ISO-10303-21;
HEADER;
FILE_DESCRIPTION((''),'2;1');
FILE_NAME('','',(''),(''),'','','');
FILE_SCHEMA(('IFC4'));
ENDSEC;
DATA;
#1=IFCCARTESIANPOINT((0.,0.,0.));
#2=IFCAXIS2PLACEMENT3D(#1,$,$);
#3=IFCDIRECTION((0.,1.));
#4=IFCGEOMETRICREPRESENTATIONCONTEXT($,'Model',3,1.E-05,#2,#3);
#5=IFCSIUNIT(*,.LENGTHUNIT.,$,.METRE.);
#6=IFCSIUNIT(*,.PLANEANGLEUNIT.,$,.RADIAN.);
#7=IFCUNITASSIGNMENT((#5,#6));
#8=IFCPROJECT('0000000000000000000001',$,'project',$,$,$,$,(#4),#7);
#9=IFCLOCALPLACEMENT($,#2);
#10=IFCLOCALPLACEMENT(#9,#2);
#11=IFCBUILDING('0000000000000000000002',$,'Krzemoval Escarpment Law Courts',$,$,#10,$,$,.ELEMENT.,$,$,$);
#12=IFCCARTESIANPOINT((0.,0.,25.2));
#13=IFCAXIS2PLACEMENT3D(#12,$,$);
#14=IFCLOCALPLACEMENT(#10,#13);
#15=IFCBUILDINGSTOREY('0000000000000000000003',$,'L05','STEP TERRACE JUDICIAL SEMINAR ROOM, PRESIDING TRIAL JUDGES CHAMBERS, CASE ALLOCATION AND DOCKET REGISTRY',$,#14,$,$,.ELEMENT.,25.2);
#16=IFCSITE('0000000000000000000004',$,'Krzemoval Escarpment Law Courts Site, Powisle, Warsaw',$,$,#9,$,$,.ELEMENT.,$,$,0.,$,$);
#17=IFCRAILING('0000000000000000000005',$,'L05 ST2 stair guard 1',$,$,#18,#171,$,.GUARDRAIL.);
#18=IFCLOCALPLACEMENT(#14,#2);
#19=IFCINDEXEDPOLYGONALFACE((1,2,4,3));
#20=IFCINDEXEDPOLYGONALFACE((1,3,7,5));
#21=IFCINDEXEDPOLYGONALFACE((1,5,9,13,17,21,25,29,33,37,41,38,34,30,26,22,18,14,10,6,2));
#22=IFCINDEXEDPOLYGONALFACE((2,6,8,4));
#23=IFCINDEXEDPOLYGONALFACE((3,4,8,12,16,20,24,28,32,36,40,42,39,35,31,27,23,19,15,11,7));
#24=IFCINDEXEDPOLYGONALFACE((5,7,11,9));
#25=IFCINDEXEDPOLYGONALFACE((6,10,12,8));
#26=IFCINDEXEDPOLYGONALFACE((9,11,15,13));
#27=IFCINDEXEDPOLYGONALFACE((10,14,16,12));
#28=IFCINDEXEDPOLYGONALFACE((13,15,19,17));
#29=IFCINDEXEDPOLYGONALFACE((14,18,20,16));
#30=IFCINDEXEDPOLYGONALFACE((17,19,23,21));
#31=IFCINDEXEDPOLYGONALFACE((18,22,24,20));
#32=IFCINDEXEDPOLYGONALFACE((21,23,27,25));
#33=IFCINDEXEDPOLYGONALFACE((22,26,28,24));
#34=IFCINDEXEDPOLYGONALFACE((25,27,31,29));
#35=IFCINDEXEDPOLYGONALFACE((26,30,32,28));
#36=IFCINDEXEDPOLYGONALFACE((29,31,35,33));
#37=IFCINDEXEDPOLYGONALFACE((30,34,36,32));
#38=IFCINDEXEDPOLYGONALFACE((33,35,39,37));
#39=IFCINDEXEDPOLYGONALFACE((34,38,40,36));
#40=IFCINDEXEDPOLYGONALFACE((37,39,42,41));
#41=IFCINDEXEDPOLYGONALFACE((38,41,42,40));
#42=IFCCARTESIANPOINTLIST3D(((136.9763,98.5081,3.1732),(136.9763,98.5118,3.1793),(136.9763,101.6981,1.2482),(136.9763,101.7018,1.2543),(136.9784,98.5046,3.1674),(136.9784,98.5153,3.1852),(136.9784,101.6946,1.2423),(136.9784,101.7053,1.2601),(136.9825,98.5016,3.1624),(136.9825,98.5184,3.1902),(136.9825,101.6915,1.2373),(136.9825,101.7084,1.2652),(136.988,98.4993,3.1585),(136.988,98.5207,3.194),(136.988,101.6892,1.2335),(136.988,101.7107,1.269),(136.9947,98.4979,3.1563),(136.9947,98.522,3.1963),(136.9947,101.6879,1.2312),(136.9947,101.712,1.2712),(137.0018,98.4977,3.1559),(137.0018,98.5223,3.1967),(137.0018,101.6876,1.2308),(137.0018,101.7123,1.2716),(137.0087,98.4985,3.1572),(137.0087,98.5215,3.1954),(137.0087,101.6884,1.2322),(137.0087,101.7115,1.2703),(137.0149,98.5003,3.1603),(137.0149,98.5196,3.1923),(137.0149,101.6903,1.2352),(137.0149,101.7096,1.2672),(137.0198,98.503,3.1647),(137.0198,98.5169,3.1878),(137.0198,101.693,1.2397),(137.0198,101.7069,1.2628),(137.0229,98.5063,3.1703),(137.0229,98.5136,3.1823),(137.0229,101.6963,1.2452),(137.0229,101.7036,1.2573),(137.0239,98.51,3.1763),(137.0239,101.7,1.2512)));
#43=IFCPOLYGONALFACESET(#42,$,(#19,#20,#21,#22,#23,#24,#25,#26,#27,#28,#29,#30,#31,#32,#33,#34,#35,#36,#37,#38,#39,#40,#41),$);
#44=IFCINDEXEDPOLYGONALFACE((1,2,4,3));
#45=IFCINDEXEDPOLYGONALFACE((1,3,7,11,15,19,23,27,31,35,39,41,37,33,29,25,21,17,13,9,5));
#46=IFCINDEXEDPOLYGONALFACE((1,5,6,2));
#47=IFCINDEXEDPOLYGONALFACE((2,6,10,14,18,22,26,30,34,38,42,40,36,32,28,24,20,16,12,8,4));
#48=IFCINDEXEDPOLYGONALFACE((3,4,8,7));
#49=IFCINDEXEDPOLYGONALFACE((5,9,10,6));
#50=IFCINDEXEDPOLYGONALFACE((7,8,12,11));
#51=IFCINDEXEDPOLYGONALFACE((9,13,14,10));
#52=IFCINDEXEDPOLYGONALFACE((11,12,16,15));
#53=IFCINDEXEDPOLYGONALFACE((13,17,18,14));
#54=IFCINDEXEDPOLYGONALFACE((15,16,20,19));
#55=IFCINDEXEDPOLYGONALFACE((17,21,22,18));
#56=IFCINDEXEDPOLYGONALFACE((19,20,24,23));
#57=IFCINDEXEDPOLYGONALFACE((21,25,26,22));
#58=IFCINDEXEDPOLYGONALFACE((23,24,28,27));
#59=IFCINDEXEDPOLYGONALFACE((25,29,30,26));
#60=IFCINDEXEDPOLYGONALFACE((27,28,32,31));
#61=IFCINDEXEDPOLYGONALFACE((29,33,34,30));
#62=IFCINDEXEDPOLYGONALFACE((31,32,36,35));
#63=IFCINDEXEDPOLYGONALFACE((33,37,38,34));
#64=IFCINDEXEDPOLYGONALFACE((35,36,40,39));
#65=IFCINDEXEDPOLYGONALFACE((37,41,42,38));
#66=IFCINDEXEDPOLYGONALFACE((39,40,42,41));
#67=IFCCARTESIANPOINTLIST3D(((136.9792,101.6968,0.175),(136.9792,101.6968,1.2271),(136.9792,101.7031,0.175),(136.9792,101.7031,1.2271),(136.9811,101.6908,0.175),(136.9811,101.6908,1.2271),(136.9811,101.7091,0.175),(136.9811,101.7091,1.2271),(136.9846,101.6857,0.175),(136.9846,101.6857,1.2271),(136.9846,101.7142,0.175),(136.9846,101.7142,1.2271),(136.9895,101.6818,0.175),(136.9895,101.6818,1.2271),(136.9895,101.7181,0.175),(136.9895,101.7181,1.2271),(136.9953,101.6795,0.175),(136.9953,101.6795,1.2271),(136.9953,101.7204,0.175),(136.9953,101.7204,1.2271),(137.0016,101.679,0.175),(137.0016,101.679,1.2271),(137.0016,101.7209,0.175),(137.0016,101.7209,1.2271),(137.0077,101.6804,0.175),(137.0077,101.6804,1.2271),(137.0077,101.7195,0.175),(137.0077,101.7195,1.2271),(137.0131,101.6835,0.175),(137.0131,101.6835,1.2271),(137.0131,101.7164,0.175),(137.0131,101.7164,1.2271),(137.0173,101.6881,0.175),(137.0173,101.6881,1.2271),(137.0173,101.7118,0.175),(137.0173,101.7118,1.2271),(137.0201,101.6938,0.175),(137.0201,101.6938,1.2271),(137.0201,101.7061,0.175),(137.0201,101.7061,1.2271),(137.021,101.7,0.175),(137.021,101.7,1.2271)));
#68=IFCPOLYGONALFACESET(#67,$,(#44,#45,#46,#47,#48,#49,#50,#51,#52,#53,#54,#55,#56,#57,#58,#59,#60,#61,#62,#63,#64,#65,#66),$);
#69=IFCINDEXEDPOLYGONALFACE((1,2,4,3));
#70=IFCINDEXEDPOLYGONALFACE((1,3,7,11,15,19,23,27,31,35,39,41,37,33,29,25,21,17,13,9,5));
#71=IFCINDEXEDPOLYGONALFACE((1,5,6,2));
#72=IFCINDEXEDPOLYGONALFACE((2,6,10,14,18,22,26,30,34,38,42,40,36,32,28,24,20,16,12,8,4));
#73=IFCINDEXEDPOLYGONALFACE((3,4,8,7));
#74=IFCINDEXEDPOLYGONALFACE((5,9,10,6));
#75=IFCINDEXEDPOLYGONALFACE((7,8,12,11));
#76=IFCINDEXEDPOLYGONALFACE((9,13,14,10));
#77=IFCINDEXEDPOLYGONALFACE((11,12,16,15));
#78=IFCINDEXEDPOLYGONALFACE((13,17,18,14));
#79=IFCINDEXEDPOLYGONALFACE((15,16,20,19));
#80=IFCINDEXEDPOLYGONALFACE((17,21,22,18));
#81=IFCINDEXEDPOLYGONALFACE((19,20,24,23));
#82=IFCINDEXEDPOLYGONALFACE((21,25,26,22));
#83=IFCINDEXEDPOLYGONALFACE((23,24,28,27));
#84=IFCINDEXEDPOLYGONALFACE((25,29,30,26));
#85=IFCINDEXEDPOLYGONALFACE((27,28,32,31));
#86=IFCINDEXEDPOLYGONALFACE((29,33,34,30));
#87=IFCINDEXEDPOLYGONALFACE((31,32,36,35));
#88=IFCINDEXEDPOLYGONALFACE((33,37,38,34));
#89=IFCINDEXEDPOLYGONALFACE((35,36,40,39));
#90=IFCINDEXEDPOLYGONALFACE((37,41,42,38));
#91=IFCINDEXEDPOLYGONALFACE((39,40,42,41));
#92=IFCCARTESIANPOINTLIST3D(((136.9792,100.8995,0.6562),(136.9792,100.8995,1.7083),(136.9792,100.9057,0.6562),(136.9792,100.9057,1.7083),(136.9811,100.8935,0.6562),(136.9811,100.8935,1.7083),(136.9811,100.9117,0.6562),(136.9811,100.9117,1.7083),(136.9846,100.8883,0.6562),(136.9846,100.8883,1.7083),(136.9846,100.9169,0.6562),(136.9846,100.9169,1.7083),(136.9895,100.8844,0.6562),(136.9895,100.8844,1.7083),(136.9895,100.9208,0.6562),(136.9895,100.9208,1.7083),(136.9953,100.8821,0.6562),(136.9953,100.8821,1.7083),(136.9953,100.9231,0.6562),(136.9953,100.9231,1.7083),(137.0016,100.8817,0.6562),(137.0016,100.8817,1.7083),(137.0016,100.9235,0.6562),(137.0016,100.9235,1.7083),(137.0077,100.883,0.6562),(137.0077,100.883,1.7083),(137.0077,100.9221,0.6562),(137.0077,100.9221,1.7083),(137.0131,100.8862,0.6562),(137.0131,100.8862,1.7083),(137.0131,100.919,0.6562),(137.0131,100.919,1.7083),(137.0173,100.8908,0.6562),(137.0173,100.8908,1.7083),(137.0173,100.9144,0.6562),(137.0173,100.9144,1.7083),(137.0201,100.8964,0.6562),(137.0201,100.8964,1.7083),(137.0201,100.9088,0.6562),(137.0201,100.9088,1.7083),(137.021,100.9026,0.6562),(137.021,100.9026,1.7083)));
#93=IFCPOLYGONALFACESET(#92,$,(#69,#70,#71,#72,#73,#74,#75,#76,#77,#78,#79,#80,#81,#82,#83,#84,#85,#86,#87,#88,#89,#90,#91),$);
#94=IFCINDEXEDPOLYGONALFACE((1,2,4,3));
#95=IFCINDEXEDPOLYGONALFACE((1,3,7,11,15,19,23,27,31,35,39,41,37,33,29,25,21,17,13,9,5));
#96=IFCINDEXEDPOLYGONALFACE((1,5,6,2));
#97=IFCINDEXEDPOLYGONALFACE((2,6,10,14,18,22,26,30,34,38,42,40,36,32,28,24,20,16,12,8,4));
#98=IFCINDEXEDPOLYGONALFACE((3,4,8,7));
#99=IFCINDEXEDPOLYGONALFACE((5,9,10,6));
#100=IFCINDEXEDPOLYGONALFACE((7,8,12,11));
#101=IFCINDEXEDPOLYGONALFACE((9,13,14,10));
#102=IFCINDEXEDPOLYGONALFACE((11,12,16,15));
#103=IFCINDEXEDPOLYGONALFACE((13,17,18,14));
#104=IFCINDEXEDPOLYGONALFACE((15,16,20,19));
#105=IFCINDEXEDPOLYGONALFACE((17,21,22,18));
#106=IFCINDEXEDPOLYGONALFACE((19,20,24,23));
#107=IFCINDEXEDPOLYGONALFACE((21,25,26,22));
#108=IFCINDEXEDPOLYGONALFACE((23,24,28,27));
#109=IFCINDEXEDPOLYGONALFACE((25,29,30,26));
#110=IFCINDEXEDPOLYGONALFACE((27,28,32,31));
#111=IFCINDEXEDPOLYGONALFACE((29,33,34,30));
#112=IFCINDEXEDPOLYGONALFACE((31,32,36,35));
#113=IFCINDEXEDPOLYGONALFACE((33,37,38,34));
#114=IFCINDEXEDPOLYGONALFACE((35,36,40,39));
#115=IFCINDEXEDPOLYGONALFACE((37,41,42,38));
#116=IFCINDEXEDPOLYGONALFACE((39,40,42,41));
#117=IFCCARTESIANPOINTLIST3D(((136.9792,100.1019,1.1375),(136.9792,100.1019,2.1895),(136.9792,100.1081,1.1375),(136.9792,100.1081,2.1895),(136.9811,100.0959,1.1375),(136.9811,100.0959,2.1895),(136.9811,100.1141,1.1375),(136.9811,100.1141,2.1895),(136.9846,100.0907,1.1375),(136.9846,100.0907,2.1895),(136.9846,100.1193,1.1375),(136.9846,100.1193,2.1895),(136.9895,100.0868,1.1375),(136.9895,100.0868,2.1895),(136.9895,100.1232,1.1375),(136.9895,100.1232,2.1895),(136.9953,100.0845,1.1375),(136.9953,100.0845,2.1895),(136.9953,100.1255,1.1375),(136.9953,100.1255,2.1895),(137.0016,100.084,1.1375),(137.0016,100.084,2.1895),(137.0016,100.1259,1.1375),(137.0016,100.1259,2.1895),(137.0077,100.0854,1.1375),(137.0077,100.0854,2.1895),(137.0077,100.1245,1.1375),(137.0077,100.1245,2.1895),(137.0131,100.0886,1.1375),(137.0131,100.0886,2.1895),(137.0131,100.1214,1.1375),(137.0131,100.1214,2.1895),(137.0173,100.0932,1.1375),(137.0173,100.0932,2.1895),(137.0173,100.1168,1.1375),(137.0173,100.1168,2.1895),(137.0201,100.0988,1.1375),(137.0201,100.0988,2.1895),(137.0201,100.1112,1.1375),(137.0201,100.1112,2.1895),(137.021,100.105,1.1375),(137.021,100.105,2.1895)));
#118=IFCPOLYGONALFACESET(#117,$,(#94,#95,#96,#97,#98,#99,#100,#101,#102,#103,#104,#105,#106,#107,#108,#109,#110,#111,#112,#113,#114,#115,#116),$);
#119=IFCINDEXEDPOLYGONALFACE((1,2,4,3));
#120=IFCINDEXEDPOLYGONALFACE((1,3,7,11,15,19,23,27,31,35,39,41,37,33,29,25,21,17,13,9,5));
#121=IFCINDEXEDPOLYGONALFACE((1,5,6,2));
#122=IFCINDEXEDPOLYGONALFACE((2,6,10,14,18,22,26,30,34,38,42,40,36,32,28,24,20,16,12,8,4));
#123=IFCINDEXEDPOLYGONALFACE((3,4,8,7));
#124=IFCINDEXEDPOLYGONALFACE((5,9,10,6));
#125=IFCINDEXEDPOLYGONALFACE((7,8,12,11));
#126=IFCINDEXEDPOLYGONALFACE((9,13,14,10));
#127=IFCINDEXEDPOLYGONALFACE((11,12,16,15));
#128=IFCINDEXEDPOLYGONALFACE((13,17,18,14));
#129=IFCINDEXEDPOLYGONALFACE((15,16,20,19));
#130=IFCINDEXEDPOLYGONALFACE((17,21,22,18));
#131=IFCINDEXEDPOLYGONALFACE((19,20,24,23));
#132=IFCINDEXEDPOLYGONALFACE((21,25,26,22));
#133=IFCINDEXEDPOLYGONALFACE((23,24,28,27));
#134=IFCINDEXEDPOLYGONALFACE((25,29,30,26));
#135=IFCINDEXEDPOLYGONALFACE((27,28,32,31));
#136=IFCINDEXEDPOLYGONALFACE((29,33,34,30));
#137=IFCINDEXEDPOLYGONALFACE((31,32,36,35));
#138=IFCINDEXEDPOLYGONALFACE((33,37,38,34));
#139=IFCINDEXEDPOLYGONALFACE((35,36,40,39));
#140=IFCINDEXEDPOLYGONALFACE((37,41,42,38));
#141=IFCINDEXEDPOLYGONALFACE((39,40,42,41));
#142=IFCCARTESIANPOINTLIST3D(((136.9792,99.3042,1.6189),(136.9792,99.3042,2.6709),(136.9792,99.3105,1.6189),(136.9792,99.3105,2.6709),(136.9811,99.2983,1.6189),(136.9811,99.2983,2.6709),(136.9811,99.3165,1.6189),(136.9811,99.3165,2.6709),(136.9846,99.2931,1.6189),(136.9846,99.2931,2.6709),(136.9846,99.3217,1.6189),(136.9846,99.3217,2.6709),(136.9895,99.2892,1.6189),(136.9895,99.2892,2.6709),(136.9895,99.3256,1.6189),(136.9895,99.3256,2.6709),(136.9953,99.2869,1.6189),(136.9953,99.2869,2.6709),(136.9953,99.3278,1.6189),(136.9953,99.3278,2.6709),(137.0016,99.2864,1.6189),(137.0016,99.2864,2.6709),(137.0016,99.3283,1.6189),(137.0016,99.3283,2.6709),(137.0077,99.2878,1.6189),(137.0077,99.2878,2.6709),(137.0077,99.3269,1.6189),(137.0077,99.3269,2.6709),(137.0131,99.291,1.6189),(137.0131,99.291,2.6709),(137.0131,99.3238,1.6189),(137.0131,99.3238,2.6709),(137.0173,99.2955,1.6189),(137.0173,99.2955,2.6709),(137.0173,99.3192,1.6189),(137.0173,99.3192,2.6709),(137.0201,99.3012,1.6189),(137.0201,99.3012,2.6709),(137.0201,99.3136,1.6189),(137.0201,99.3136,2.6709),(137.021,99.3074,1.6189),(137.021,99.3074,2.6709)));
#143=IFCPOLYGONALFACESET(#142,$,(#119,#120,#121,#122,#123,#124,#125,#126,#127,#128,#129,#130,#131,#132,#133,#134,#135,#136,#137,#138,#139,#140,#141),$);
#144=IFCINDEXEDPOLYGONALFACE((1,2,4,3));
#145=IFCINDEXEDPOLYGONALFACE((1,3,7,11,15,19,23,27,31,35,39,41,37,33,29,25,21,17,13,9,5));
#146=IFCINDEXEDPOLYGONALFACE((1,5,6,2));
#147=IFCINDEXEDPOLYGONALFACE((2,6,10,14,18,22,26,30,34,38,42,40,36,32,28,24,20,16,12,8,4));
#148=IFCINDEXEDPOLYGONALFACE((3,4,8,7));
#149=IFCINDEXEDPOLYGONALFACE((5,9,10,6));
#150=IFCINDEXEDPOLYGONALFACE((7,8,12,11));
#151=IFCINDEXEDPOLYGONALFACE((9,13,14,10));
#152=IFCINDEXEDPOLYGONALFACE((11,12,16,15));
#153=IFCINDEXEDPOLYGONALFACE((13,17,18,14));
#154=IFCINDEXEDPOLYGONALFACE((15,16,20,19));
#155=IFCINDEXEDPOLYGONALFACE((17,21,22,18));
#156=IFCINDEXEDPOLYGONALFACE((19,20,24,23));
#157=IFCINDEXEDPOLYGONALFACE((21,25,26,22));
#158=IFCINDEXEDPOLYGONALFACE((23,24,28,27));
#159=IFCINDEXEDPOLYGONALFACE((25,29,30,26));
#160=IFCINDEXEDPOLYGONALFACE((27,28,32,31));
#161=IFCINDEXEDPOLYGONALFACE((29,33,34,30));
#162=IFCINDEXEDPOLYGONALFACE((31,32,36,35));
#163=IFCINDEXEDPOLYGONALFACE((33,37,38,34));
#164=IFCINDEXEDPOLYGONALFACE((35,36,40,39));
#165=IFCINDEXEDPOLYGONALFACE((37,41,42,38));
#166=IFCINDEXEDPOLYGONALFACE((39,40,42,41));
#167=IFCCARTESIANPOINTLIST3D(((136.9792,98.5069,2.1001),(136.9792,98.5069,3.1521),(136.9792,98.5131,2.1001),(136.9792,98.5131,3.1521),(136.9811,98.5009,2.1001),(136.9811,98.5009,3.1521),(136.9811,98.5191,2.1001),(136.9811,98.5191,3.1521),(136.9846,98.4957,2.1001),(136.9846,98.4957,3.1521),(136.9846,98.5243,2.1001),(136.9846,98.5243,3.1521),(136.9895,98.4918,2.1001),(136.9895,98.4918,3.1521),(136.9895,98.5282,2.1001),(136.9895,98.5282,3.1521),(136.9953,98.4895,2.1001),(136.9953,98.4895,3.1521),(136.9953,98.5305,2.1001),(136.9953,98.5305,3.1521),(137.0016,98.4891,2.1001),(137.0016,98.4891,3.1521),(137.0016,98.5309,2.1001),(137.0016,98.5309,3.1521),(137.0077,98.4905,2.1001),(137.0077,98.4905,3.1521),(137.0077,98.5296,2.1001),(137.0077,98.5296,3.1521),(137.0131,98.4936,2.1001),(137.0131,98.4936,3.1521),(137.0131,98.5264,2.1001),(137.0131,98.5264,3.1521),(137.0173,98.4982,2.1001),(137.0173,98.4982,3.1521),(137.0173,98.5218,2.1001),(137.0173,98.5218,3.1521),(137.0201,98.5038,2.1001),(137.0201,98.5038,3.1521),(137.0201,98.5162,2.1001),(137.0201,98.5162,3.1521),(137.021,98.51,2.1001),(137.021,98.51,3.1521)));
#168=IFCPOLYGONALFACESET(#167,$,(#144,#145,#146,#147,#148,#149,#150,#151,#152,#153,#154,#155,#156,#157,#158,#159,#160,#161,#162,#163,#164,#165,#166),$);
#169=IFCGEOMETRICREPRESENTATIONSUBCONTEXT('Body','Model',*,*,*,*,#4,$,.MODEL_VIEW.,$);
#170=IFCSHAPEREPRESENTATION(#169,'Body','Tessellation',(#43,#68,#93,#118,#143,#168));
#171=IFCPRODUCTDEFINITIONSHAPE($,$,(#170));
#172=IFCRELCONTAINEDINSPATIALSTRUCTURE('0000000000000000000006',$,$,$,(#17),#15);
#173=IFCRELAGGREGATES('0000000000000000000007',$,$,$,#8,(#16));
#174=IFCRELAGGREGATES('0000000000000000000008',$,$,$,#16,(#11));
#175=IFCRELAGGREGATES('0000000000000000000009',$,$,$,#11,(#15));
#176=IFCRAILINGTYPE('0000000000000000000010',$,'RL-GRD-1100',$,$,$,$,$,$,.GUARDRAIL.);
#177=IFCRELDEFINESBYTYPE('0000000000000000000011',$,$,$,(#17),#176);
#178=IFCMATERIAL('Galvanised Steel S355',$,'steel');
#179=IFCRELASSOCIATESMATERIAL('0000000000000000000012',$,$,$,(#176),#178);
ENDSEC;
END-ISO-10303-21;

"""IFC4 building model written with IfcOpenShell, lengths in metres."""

from ifc_helpers import new_model, si_unit, direction, frame, origin, origin_2d, place, context, subcontext, project, spatial, circle, extrude, material, type_object, element, save


model = new_model("IFC4")

# Units and contexts
model_context = context("Model", 3, precision=1e-05, world=origin(), true_north=direction((0.0, 1.0)))
body_context = subcontext(model_context, "Body", "Model", "MODEL_VIEW")
ifc_project = project(units=[si_unit("LENGTHUNIT", "METRE"), si_unit("PLANEANGLEUNIT", "RADIAN")], contexts=[model_context])

# Site, building, storey
site_placement = place(None, origin())
site = spatial("IfcSite", under=ifc_project, at=site_placement, Name="Krzemoval Escarpment Law Courts Site, Powisle, Warsaw", CompositionType="ELEMENT", RefElevation=0.0)
building_placement = place(site_placement, origin())
building = spatial("IfcBuilding", under=site, at=building_placement, Name="Krzemoval Escarpment Law Courts", CompositionType="ELEMENT")
storey_placement = place(building_placement, frame((0.0, 0.0, 25.2)))
storey = spatial("IfcBuildingStorey", under=building, at=storey_placement, Name="L05", Description="STEP TERRACE JUDICIAL SEMINAR ROOM, PRESIDING TRIAL JUDGES CHAMBERS, CASE ALLOCATION AND DOCKET REGISTRY", CompositionType="ELEMENT", Elevation=25.2)

# Railing
ifc_material_1 = material(Name="Galvanised Steel S355", Category="steel")
railing_type_1 = type_object("IfcRailingType", Name="RL-GRD-1100", PredefinedType="GUARDRAIL", material=ifc_material_1)
railing_1_placement = place(storey_placement, frame((137.0, 101.7, 0.175)))
element("IfcRailing", 1, at=railing_1_placement, inside=storey, type_object=railing_type_1, Name="L05 ST2 stair guard 1", PredefinedType="GUARDRAIL", context=body_context, shape_type="SweptSolid", body=[
    extrude(circle(Radius=0.0239, at=origin_2d()), frame((0.0, 0.0, 1.0762), z_axis=(0.0, -0.856178, 0.516682), x_axis=(1.0, 0.0, 0.0)), (0.0, 0.0, 1.0), 3.7258),
    extrude(circle(Radius=0.021, at=origin_2d()), origin(), (0.0, 0.0, 1.0), 1.052),
    extrude(circle(Radius=0.021, at=origin_2d()), frame((0.0, -0.7974, 0.4812)), (0.0, 0.0, 1.0), 1.052),
    extrude(circle(Radius=0.021, at=origin_2d()), frame((0.0, -1.595, 0.9624)), (0.0, 0.0, 1.0), 1.052),
    extrude(circle(Radius=0.021, at=origin_2d()), frame((0.0, -2.3926, 1.4438)), (0.0, 0.0, 1.0), 1.052),
    extrude(circle(Radius=0.021, at=origin_2d()), frame((0.0, -3.1899, 1.925)), (0.0, 0.0, 1.0), 1.052),
])

save(model, "model.ifc")
